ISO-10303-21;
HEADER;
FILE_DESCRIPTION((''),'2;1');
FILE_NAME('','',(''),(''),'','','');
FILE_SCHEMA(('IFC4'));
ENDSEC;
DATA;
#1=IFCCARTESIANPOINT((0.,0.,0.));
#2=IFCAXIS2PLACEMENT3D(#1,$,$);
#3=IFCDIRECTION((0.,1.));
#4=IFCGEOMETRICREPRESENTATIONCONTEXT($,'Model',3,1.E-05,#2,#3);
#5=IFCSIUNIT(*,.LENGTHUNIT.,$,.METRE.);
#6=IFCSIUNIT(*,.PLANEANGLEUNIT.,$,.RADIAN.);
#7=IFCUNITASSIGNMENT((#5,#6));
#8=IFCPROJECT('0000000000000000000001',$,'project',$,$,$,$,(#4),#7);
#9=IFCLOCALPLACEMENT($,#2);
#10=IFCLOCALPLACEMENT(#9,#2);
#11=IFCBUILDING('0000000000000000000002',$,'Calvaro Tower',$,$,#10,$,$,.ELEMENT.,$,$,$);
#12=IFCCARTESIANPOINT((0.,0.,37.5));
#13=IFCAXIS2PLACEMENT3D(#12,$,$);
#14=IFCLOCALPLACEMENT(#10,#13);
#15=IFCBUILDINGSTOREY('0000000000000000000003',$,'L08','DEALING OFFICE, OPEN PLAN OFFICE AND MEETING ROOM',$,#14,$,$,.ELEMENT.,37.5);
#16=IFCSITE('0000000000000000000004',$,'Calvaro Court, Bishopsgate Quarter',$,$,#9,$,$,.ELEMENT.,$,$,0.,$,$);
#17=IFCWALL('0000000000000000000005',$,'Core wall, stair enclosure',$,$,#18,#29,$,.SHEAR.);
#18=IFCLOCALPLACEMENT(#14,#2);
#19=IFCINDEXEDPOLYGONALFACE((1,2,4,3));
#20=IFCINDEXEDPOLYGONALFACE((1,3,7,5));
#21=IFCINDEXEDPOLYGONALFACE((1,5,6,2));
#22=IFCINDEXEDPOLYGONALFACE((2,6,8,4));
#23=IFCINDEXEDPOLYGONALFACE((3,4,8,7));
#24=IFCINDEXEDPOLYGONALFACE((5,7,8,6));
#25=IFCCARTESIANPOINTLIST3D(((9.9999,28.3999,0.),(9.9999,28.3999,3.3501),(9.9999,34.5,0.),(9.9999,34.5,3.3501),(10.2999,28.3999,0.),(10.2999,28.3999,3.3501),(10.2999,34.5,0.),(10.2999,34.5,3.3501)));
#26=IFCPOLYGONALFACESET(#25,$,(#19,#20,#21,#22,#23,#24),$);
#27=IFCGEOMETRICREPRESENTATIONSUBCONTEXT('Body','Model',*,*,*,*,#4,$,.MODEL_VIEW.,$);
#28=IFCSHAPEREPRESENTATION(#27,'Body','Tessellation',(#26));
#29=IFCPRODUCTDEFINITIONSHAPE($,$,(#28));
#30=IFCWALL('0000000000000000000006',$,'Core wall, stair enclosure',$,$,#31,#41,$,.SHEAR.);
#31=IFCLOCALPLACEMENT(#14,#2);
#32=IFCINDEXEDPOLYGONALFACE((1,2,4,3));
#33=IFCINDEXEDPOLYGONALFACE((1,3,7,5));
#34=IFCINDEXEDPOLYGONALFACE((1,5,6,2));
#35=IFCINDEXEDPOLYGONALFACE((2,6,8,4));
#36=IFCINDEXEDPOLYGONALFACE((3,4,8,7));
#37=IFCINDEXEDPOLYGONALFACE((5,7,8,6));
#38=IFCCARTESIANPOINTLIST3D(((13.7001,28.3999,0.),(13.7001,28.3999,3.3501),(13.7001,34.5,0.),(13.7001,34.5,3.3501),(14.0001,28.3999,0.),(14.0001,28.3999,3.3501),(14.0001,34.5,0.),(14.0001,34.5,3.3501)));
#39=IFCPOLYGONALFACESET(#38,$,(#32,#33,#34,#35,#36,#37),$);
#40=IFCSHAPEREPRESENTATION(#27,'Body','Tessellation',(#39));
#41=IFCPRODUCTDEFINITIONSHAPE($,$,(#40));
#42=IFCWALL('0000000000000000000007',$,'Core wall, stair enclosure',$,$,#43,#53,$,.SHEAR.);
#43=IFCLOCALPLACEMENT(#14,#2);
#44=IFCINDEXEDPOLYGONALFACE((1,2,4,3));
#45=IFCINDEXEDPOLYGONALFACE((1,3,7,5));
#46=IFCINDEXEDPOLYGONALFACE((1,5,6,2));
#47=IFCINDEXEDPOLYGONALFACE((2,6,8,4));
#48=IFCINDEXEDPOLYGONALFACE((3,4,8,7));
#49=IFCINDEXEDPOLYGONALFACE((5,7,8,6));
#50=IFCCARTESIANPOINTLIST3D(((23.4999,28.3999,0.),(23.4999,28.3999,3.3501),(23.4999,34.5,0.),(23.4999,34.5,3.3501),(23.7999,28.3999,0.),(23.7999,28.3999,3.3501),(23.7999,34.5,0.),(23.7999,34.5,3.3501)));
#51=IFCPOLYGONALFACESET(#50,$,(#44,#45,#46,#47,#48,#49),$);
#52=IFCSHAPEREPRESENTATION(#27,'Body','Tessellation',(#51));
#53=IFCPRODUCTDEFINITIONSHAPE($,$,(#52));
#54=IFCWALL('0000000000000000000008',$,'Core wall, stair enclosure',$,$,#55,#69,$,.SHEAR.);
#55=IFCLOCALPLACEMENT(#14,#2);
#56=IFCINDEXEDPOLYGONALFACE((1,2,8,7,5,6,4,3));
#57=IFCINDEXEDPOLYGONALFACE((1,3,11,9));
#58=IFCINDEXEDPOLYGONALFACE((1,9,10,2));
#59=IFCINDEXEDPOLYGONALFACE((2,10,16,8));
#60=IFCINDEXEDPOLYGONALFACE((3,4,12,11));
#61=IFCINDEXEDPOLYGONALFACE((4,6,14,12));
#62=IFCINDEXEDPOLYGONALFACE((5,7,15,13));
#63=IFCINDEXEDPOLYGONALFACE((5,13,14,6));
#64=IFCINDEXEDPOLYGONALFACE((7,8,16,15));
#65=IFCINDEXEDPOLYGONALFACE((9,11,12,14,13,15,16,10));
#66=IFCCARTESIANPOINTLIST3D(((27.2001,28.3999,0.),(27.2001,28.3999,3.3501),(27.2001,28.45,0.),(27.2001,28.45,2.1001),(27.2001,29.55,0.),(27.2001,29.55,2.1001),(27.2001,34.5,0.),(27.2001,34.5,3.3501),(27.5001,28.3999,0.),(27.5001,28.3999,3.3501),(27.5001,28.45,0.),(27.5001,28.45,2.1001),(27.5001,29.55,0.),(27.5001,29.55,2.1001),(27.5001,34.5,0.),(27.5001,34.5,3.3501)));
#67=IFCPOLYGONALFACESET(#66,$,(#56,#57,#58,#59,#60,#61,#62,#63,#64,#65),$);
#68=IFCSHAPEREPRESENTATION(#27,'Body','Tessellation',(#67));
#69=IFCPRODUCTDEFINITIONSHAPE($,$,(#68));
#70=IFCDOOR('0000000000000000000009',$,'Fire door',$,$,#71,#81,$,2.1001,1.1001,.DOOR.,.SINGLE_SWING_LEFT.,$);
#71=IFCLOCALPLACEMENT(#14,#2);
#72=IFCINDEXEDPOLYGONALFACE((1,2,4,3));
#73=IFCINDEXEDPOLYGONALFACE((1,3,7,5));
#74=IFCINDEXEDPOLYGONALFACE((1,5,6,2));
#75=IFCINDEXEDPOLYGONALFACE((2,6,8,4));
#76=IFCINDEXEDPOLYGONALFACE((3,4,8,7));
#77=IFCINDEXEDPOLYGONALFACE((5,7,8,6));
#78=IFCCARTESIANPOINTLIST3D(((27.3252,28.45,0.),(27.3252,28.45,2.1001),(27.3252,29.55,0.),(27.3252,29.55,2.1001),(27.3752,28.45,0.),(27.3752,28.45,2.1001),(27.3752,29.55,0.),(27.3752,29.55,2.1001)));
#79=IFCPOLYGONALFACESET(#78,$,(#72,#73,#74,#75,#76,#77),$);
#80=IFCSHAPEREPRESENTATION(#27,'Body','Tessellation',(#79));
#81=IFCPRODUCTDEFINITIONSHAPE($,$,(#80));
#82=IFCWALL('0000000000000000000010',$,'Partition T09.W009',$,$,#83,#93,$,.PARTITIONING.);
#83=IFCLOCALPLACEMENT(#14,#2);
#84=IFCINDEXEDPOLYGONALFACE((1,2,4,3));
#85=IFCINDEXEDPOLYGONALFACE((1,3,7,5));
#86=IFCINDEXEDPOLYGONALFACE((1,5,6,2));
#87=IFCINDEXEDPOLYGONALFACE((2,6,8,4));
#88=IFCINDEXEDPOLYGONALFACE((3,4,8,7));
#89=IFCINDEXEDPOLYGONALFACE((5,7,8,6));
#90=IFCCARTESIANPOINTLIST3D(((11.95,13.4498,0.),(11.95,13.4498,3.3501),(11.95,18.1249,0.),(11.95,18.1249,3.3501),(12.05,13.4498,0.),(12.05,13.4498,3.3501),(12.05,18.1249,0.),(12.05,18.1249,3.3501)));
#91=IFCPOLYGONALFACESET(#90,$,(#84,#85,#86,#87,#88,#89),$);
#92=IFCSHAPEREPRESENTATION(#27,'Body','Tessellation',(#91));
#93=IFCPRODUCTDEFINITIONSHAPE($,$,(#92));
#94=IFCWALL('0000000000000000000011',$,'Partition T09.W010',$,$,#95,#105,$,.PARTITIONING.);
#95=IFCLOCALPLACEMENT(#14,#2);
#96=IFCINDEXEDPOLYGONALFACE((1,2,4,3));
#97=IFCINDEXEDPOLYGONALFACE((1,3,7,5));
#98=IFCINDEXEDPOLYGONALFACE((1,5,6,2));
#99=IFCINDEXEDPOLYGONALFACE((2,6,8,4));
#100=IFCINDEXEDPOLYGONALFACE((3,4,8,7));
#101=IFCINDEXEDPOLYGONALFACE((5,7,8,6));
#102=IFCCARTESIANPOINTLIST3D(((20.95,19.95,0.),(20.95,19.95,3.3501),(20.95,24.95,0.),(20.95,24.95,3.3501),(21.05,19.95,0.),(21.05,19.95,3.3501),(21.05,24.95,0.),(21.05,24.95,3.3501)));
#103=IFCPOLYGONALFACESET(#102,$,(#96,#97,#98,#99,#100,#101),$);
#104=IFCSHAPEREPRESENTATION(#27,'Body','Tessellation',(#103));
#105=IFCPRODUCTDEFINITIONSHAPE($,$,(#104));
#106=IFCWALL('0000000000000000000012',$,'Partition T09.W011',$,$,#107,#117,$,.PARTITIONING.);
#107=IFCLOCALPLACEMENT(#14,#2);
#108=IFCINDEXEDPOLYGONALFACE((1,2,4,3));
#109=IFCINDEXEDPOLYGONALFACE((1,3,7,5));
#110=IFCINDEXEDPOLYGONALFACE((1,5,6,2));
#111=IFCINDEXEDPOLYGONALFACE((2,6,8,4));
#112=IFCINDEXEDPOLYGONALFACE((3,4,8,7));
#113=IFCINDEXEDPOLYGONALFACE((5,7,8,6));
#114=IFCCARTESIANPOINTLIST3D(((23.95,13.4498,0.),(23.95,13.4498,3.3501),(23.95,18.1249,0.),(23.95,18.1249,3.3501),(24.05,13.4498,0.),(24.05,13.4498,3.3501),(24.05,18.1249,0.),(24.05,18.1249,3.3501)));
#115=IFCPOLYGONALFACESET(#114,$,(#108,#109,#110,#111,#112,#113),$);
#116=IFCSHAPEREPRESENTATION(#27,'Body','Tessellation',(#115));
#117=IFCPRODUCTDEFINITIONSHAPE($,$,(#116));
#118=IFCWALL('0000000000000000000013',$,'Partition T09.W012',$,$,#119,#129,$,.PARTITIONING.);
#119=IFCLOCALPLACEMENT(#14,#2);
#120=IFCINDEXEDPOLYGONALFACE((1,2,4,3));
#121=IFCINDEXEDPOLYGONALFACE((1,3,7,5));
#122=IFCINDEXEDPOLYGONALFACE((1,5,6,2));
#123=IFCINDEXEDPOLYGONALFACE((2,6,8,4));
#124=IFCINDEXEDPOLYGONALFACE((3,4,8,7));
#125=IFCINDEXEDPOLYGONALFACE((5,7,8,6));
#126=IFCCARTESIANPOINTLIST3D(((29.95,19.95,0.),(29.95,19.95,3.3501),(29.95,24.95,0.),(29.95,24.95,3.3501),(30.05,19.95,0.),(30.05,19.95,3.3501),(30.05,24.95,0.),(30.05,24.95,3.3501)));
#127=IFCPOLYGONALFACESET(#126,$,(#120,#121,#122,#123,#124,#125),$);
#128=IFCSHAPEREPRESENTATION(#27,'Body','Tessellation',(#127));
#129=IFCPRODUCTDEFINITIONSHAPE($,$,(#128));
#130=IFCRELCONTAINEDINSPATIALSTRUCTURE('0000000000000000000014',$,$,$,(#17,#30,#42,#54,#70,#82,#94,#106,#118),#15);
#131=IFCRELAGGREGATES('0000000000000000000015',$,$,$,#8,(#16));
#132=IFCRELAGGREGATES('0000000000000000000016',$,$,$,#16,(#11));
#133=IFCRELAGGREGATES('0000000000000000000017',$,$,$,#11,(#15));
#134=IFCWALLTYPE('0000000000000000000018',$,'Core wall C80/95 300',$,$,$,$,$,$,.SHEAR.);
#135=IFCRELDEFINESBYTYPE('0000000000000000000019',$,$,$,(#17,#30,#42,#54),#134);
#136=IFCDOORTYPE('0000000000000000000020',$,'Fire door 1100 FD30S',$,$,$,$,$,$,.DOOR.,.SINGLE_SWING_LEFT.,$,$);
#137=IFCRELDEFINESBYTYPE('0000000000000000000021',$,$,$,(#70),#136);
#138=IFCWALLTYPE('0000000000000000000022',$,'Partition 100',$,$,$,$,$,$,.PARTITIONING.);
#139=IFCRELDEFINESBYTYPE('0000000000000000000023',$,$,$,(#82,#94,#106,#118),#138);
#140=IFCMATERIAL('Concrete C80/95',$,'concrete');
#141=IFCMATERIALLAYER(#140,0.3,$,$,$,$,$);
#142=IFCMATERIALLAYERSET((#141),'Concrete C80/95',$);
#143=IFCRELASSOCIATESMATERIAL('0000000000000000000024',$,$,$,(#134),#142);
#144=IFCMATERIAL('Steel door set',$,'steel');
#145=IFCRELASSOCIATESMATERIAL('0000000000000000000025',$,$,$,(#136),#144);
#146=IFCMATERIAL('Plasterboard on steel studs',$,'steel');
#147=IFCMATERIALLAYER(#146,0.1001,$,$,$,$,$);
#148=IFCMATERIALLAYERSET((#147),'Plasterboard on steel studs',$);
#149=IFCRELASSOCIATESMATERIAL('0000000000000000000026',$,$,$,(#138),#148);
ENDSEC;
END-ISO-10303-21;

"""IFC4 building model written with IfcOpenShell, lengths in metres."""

from ifc_helpers import new_model, si_unit, direction, frame, frame_2d, origin, place, context, subcontext, project, spatial, rectangle, extrude, material, layer, layer_set, type_object, element, fill, save


model = new_model("IFC4")

# Units and contexts
model_context = context("Model", 3, precision=1e-05, world=origin(), true_north=direction((0.0, 1.0)))
body_context = subcontext(model_context, "Body", "Model", "MODEL_VIEW")
ifc_project = project(units=[si_unit("LENGTHUNIT", "METRE"), si_unit("PLANEANGLEUNIT", "RADIAN")], contexts=[model_context])

# Site, building, storey
site_placement = place(None, origin())
site = spatial("IfcSite", under=ifc_project, at=site_placement, Name="Calvaro Court, Bishopsgate Quarter", CompositionType="ELEMENT", RefElevation=0.0)
building_placement = place(site_placement, origin())
building = spatial("IfcBuilding", under=site, at=building_placement, Name="Calvaro Tower", CompositionType="ELEMENT")
storey_placement = place(building_placement, frame((0.0, 0.0, 37.5)))
storey = spatial("IfcBuildingStorey", under=building, at=storey_placement, Name="L08", Description="DEALING OFFICE, OPEN PLAN OFFICE AND MEETING ROOM", CompositionType="ELEMENT", Elevation=37.5)

# Walls
ifc_material_1 = material(Name="Concrete C80/95", Category="concrete")
ifc_layer_1 = layer(ifc_material_1, 0.3)
ifc_layer_set_1 = layer_set([ifc_layer_1], Name="Concrete C80/95")
wall_type_1 = type_object("IfcWallType", Name="Core wall C80/95 300", PredefinedType="SHEAR", material=ifc_layer_set_1)
for number, where, z_axis, x_axis, name in (
    (1, (10.1499, 28.3999, 0.0), (0.0, 0.0, 1.0), (0.0, 1.0, 0.0), "Core wall, stair enclosure"),
    (2, (13.8501, 28.3999, 0.0), (0.0, 0.0, 1.0), (0.0, 1.0, 0.0), "Core wall, stair enclosure"),
    (3, (23.6499, 28.3999, 0.0), (0.0, 0.0, 1.0), (0.0, 1.0, 0.0), "Core wall, stair enclosure"),
):
    element("IfcWall", number, at=place(storey_placement, frame(where, z_axis=z_axis, x_axis=x_axis)), inside=storey, type_object=wall_type_1, Name=name, PredefinedType="SHEAR", context=body_context, shape_type="SweptSolid", body=[
        extrude(rectangle(XDim=6.1001, YDim=0.3, at=frame_2d((3.05, 0.0))), origin(), (0.0, 0.0, 1.0), 3.3501),
    ])

# Wall, opening, door
wall_1_placement = place(storey_placement, frame((27.3501, 28.3999, 0.0), z_axis=(0.0, 0.0, 1.0), x_axis=(0.0, 1.0, 0.0)))
wall_1 = element("IfcWall", 4, at=wall_1_placement, inside=storey, type_object=wall_type_1, Name="Core wall, stair enclosure", PredefinedType="SHEAR", context=body_context, shape_type="SweptSolid", body=[
    extrude(rectangle(XDim=6.1001, YDim=0.3, at=frame_2d((3.05, 0.0))), origin(), (0.0, 0.0, 1.0), 3.3501),
])
opening_1_placement = place(wall_1_placement, frame((0.05, 0.0, 0.0)))
opening_1 = element("IfcOpeningElement", 5, at=opening_1_placement, cuts=wall_1, PredefinedType="OPENING", context=body_context, shape_type="SweptSolid", body=[
    extrude(rectangle(XDim=1.1001, YDim=2.1001, at=frame_2d((0.55, 1.05))), frame((0.0, 0.1599, 0.0), z_axis=(0.0, -1.0, 0.0), x_axis=(1.0, 0.0, 0.0)), (0.0, 0.0, 1.0), 0.3201),
])
ifc_material_2 = material(Name="Steel door set", Category="steel")
door_type_1 = type_object("IfcDoorType", Name="Fire door 1100 FD30S", OperationType="SINGLE_SWING_LEFT", PredefinedType="DOOR", material=ifc_material_2)
door_1_placement = place(opening_1_placement, origin())
door_1 = element("IfcDoor", 6, at=door_1_placement, inside=storey, type_object=door_type_1, Name="Fire door", OperationType="SINGLE_SWING_LEFT", OverallHeight=2.1001, OverallWidth=1.1001, PredefinedType="DOOR", context=body_context, shape_type="SweptSolid", body=[
    extrude(rectangle(XDim=1.1001, YDim=2.1001, at=frame_2d((0.55, 1.05))), frame((0.0, 0.0249, 0.0), z_axis=(0.0, -1.0, 0.0), x_axis=(1.0, 0.0, 0.0)), (0.0, 0.0, 1.0), 0.05),
])
fill(opening_1, door_1)

# Walls
ifc_material_3 = material(Name="Plasterboard on steel studs", Category="steel")
ifc_layer_2 = layer(ifc_material_3, 0.1001)
ifc_layer_set_2 = layer_set([ifc_layer_2], Name="Plasterboard on steel studs")
wall_type_2 = type_object("IfcWallType", Name="Partition 100", PredefinedType="PARTITIONING", material=ifc_layer_set_2)
wall_2_placement = place(storey_placement, frame((12.0, 13.45, 0.0), z_axis=(0.0, 0.0, 1.0), x_axis=(0.0, 1.0, 0.0)))
element("IfcWall", 7, at=wall_2_placement, inside=storey, type_object=wall_type_2, Name="Partition T09.W009", PredefinedType="PARTITIONING", context=body_context, shape_type="SweptSolid", body=[
    extrude(rectangle(XDim=4.675, YDim=0.1001, at=frame_2d((2.3374, 0.0))), origin(), (0.0, 0.0, 1.0), 3.3501),
])
wall_3_placement = place(storey_placement, frame((21.0, 19.95, 0.0), z_axis=(0.0, 0.0, 1.0), x_axis=(0.0, 1.0, 0.0)))
element("IfcWall", 8, at=wall_3_placement, inside=storey, type_object=wall_type_2, Name="Partition T09.W010", PredefinedType="PARTITIONING", context=body_context, shape_type="SweptSolid", body=[
    extrude(rectangle(XDim=5.0, YDim=0.1001, at=frame_2d((2.5, 0.0))), origin(), (0.0, 0.0, 1.0), 3.3501),
])
wall_4_placement = place(storey_placement, frame((24.0, 13.45, 0.0), z_axis=(0.0, 0.0, 1.0), x_axis=(0.0, 1.0, 0.0)))
element("IfcWall", 9, at=wall_4_placement, inside=storey, type_object=wall_type_2, Name="Partition T09.W011", PredefinedType="PARTITIONING", context=body_context, shape_type="SweptSolid", body=[
    extrude(rectangle(XDim=4.675, YDim=0.1001, at=frame_2d((2.3374, 0.0))), origin(), (0.0, 0.0, 1.0), 3.3501),
])
wall_5_placement = place(storey_placement, frame((30.0, 19.95, 0.0), z_axis=(0.0, 0.0, 1.0), x_axis=(0.0, 1.0, 0.0)))
element("IfcWall", 10, at=wall_5_placement, inside=storey, type_object=wall_type_2, Name="Partition T09.W012", PredefinedType="PARTITIONING", context=body_context, shape_type="SweptSolid", body=[
    extrude(rectangle(XDim=5.0, YDim=0.1001, at=frame_2d((2.5, 0.0))), origin(), (0.0, 0.0, 1.0), 3.3501),
])

save(model, "model.ifc")
